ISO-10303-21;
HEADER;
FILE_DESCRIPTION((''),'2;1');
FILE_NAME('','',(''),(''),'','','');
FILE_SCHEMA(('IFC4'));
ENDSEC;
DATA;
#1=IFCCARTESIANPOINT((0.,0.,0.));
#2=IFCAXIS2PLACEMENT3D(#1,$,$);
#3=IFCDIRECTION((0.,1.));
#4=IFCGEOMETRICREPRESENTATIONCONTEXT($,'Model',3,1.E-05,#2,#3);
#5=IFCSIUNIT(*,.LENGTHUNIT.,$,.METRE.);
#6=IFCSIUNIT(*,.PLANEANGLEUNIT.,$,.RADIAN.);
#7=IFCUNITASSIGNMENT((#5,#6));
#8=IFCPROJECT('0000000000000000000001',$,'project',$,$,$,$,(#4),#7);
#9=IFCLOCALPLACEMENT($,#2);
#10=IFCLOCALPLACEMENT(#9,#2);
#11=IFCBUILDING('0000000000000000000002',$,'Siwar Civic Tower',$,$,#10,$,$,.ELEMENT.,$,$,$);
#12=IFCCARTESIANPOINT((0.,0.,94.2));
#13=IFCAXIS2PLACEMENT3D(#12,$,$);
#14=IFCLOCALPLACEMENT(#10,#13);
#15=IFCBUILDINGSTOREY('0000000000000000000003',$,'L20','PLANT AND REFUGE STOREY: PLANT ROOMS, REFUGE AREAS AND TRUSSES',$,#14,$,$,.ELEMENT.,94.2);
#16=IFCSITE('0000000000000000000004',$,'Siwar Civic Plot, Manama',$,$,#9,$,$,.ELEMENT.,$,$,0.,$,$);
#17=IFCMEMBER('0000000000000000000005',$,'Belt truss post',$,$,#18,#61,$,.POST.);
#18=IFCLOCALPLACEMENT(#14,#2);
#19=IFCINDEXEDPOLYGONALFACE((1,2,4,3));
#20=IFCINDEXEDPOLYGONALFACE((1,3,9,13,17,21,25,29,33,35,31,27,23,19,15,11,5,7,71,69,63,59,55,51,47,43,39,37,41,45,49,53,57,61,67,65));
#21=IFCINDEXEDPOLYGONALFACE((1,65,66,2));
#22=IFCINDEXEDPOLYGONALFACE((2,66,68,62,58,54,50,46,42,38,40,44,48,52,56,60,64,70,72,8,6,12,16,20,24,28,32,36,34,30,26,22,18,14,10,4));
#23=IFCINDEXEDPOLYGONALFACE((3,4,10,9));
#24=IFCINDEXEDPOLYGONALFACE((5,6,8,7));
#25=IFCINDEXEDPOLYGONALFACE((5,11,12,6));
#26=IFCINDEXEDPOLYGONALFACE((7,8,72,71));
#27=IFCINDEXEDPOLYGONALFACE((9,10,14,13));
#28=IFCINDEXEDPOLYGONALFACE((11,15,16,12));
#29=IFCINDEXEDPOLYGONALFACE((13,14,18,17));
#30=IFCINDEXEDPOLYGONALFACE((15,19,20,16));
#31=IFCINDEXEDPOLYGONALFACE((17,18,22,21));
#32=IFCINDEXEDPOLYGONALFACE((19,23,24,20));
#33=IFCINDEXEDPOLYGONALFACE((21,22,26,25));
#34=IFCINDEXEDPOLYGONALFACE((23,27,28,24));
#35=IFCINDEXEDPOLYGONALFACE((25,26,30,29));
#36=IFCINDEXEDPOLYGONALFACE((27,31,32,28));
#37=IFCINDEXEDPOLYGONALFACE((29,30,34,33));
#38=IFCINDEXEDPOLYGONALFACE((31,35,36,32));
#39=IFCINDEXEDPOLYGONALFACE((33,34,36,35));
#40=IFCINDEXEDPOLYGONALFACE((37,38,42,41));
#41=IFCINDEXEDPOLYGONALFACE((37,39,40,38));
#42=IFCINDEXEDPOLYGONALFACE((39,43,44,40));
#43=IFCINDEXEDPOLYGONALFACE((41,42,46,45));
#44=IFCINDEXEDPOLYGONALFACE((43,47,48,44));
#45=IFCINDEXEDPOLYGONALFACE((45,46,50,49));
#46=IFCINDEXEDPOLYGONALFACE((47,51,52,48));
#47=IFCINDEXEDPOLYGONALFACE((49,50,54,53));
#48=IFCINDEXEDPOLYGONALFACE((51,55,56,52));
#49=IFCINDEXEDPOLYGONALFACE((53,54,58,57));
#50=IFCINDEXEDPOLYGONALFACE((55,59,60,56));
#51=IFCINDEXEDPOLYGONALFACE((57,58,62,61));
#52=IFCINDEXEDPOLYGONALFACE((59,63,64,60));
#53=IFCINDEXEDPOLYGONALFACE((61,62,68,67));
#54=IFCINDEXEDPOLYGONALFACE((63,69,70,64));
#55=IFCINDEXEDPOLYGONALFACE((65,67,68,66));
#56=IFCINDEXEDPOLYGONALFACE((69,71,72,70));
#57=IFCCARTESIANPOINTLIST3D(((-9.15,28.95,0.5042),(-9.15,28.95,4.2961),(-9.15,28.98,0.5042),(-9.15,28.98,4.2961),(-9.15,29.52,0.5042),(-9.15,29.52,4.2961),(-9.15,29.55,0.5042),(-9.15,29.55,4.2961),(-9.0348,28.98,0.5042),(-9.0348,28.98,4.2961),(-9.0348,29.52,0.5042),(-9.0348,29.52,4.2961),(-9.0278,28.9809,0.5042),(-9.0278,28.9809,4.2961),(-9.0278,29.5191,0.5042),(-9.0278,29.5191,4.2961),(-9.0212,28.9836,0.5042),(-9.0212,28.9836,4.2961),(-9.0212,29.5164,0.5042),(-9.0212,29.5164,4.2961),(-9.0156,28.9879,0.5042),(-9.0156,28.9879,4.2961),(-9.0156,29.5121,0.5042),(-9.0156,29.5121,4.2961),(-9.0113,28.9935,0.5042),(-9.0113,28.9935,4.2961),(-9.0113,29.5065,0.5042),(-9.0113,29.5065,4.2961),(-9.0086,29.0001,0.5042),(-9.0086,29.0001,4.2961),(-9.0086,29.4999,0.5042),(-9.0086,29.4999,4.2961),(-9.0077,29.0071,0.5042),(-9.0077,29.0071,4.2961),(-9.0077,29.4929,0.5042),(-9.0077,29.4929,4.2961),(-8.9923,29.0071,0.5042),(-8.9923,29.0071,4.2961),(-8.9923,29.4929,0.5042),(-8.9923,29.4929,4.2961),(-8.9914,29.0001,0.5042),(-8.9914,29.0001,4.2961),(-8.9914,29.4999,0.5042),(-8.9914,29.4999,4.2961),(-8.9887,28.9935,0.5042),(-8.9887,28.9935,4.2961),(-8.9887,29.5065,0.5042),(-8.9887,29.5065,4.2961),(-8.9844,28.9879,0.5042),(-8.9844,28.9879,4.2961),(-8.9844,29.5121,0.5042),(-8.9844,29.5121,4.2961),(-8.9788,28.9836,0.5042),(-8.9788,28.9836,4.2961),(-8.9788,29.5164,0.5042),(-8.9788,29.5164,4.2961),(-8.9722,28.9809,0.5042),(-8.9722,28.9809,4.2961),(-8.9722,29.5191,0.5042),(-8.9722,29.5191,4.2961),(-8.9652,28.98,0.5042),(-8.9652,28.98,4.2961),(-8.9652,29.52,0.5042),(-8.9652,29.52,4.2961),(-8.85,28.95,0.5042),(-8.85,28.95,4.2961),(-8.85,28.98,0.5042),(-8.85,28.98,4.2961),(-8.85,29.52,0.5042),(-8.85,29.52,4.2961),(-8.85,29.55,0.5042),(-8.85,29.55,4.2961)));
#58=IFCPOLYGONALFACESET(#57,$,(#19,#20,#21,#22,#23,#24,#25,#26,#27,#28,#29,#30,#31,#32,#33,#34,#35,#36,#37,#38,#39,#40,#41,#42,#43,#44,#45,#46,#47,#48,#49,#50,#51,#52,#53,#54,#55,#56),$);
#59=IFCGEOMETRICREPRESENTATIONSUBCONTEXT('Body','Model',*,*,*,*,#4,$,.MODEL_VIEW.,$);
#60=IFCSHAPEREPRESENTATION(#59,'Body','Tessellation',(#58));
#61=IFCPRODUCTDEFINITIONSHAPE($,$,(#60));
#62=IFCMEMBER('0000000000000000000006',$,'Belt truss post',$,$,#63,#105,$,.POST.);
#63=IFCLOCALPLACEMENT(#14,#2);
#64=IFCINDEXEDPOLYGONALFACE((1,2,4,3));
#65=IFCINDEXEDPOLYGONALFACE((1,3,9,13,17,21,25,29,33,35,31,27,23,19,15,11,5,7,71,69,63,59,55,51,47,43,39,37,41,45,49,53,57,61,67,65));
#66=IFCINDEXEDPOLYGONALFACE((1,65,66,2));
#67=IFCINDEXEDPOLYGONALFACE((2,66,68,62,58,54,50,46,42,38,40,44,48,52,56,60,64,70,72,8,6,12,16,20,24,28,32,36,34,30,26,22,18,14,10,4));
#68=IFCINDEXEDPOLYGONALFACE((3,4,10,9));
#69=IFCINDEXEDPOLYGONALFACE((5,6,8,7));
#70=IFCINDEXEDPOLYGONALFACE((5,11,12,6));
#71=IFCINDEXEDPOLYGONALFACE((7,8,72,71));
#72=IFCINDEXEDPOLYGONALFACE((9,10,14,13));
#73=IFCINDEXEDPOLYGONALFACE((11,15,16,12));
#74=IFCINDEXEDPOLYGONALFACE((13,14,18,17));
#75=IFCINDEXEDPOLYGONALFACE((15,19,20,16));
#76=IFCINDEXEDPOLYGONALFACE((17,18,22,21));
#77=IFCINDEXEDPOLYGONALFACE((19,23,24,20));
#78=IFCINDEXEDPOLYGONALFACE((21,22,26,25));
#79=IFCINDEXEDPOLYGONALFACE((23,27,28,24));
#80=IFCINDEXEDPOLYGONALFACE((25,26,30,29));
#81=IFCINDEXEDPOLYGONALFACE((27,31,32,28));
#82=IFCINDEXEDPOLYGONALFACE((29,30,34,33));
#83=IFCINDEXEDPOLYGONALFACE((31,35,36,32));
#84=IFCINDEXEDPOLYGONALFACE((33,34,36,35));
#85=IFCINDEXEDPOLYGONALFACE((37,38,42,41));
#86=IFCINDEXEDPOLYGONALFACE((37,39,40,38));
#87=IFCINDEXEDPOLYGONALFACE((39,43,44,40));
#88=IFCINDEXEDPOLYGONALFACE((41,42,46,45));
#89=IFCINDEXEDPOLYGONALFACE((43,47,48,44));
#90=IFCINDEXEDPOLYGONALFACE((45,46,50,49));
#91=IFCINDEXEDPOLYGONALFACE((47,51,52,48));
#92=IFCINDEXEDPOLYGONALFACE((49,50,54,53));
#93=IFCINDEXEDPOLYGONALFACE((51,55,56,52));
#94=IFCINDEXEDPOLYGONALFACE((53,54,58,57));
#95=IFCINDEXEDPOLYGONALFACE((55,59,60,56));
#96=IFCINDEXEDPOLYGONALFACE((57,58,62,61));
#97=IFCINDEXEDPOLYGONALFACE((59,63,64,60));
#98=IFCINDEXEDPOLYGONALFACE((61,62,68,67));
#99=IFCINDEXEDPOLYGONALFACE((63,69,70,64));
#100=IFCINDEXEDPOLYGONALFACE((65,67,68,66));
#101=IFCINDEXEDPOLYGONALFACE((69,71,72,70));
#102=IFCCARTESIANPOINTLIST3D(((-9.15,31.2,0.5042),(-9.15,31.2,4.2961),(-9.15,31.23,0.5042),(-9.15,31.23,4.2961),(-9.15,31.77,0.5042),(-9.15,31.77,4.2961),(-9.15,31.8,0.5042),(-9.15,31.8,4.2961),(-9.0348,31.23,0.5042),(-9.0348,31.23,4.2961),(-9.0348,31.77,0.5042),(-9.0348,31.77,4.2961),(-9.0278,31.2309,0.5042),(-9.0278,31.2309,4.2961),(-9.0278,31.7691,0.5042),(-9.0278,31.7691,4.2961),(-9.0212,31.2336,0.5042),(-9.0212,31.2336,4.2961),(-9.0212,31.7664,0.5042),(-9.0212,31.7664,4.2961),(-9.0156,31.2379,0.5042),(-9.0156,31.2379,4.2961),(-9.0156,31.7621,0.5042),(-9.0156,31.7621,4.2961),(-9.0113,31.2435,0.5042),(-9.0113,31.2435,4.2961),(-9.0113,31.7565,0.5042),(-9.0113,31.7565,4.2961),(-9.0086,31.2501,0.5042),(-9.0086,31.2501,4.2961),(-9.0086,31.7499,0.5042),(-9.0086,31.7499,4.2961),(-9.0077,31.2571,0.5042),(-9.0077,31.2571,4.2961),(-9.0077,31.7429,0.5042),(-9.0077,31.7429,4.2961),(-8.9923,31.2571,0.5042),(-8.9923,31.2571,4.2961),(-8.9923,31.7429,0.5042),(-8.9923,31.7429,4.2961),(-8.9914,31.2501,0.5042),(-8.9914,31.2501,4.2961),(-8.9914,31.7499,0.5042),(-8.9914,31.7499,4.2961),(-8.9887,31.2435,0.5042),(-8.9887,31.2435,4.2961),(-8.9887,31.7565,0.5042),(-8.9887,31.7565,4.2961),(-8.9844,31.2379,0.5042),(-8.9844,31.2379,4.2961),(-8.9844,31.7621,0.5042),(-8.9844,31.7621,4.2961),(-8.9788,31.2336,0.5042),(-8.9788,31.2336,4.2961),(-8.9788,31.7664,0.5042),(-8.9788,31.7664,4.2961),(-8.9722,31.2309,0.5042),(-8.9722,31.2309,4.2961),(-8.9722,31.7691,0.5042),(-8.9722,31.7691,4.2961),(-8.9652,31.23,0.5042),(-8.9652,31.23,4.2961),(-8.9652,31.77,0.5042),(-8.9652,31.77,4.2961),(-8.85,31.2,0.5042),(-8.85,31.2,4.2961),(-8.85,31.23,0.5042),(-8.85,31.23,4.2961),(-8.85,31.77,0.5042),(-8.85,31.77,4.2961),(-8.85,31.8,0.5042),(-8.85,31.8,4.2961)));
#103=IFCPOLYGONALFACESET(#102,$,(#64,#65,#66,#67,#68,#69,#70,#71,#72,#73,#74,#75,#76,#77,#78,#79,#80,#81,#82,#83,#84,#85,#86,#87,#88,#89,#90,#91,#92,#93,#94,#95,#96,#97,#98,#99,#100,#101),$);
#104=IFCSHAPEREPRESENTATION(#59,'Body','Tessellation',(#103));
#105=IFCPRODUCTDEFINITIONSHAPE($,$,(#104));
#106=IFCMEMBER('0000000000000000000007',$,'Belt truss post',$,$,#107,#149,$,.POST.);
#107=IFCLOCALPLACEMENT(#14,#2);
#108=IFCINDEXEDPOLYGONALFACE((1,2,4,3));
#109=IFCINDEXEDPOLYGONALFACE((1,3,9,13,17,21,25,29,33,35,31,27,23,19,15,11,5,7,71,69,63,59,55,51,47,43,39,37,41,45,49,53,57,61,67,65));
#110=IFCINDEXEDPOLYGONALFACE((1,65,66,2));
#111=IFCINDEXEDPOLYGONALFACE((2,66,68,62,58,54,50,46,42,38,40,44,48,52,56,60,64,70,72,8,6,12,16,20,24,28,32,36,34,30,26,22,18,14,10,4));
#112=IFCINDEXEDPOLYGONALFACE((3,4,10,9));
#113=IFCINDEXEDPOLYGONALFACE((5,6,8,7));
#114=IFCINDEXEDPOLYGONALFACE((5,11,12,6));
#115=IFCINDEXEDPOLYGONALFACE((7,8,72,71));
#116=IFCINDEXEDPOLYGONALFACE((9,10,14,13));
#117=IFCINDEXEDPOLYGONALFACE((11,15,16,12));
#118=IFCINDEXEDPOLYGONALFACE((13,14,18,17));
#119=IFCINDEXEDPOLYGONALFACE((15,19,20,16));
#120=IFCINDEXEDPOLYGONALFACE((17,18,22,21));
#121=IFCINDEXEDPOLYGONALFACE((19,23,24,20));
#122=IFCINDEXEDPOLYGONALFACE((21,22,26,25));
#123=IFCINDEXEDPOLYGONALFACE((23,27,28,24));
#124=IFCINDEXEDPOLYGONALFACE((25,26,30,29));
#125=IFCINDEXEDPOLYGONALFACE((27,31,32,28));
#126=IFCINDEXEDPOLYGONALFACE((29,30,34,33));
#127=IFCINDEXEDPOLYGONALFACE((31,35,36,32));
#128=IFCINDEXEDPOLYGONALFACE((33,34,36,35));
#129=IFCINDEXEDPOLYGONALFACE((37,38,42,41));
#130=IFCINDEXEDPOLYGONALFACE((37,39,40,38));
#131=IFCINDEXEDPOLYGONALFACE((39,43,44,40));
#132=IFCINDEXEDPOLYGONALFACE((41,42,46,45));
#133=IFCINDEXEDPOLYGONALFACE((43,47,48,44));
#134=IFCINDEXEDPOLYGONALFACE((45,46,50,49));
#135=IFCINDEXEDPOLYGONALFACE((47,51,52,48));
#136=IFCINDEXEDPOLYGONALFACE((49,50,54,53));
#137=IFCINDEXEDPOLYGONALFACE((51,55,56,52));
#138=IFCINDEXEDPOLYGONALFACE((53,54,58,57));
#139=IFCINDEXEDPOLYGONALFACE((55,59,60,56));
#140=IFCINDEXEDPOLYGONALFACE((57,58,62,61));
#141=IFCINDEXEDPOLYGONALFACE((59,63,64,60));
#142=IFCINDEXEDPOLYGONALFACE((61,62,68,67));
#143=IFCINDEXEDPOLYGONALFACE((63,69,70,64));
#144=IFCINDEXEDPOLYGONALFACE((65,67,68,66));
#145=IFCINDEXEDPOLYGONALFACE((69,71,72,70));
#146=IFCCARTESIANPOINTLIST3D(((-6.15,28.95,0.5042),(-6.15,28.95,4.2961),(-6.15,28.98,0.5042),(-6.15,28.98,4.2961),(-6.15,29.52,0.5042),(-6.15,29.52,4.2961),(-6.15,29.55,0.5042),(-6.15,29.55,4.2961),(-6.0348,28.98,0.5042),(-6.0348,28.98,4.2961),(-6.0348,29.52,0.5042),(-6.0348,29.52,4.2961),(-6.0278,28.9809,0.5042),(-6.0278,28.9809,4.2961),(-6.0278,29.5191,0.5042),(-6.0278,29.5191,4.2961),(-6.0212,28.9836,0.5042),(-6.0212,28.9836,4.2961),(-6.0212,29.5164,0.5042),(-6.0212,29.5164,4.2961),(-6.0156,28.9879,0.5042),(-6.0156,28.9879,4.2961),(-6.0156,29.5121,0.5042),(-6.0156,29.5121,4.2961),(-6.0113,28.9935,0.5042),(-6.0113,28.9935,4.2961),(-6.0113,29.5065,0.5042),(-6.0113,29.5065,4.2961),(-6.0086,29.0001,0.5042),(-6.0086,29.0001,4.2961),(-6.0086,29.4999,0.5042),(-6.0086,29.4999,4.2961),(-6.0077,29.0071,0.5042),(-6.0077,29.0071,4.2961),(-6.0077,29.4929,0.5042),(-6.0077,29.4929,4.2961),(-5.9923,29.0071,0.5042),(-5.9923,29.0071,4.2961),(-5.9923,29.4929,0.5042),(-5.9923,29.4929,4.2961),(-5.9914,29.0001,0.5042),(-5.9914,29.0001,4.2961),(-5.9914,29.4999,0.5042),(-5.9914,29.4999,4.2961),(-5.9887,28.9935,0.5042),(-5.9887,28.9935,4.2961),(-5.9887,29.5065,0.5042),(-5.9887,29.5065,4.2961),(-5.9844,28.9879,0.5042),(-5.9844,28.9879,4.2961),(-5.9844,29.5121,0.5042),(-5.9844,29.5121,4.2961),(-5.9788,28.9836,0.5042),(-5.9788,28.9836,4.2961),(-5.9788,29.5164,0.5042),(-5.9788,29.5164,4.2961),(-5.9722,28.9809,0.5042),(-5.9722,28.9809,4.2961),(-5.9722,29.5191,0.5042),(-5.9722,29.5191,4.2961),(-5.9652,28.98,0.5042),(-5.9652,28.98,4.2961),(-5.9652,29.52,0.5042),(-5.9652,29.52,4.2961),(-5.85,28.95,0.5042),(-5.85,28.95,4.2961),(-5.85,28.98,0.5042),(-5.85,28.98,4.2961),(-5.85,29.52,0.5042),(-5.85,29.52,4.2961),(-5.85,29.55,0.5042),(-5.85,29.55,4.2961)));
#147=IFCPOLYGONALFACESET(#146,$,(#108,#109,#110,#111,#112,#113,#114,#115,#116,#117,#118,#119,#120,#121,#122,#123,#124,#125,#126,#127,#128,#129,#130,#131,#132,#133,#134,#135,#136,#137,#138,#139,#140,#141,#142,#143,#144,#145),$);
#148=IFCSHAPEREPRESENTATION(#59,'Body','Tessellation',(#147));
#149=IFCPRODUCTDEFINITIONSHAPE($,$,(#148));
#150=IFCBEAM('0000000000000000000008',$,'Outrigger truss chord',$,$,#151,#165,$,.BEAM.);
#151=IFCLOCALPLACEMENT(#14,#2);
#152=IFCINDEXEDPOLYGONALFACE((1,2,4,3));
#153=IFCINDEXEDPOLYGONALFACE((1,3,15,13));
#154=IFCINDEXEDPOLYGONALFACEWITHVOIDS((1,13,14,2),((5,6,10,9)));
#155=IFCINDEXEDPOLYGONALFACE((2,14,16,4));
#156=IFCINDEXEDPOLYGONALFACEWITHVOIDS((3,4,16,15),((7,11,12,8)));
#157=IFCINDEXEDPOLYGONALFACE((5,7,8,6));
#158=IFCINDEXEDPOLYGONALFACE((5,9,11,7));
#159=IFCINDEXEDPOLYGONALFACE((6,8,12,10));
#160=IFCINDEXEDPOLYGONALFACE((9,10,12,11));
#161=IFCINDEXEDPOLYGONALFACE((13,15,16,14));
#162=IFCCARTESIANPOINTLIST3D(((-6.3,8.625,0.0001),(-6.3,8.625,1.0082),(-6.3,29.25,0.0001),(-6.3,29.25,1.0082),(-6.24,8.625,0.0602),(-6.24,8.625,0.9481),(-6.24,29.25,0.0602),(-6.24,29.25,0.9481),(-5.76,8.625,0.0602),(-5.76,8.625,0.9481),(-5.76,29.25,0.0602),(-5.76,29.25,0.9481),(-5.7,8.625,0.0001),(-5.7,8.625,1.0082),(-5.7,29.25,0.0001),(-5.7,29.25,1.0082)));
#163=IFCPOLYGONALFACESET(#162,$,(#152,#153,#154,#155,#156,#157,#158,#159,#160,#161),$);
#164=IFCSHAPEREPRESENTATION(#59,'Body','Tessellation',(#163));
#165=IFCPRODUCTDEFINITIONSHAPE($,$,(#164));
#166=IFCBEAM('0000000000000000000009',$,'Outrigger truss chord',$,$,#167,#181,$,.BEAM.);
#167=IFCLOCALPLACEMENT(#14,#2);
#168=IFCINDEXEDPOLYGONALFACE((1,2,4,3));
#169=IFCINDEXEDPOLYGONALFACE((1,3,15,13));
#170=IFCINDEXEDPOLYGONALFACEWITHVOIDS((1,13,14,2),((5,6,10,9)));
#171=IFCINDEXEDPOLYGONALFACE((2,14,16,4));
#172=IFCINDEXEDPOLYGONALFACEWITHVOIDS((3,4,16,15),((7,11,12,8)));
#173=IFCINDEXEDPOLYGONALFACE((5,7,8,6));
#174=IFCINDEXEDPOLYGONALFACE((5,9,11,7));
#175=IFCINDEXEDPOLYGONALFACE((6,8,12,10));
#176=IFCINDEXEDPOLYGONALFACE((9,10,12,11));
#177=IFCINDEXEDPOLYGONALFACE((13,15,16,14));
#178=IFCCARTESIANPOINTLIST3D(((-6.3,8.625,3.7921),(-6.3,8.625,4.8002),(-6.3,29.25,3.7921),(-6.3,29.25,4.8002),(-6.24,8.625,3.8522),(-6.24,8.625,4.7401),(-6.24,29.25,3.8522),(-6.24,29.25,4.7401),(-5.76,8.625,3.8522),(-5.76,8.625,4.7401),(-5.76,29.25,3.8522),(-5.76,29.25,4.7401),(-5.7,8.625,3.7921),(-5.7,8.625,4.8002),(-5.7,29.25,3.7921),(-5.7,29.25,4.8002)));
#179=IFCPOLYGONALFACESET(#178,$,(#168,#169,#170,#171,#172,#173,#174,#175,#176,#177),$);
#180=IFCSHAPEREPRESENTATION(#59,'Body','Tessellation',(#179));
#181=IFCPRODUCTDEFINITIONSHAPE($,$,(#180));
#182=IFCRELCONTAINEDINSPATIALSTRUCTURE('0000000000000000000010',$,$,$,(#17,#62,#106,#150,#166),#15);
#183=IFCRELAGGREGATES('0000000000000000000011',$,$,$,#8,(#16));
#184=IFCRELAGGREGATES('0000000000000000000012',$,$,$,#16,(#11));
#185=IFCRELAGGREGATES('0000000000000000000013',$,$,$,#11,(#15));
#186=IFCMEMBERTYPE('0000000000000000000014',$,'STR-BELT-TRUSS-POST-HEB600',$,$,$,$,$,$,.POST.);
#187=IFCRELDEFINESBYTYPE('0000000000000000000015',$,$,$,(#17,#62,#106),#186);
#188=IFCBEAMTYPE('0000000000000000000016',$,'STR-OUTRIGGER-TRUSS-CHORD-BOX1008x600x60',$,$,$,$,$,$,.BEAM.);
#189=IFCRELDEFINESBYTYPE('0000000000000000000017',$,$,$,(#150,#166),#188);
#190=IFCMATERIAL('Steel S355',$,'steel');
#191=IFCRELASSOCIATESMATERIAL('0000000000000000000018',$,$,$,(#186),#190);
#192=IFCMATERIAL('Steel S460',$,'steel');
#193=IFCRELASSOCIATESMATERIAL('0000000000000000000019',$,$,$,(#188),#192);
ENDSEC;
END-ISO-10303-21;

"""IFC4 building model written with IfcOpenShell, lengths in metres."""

from ifc_helpers import new_model, si_unit, direction, frame, origin, origin_2d, place, context, subcontext, project, spatial, hollow_rectangle, i_section, extrude, material, material_profile, profile_set, type_object, element, save


model = new_model("IFC4")

# Units and contexts
model_context = context("Model", 3, precision=1e-05, world=origin(), true_north=direction((0.0, 1.0)))
body_context = subcontext(model_context, "Body", "Model", "MODEL_VIEW")
ifc_project = project(units=[si_unit("LENGTHUNIT", "METRE"), si_unit("PLANEANGLEUNIT", "RADIAN")], contexts=[model_context])

# Site, building, storey
site_placement = place(None, origin())
site = spatial("IfcSite", under=ifc_project, at=site_placement, Name="Siwar Civic Plot, Manama", CompositionType="ELEMENT", RefElevation=0.0)
building_placement = place(site_placement, origin())
building = spatial("IfcBuilding", under=site, at=building_placement, Name="Siwar Civic Tower", CompositionType="ELEMENT")
storey_placement = place(building_placement, frame((0.0, 0.0, 94.2)))
storey = spatial("IfcBuildingStorey", under=building, at=storey_placement, Name="L20", Description="PLANT AND REFUGE STOREY: PLANT ROOMS, REFUGE AREAS AND TRUSSES", CompositionType="ELEMENT", Elevation=94.2)

# Members
ifc_material_1 = material(Name="Steel S355", Category="steel")
ifc_material_profile_1 = material_profile(ifc_material_1, i_section(OverallWidth=0.3, OverallDepth=0.6001, WebThickness=0.0154, FlangeThickness=0.03, FilletRadius=0.0271, at=origin_2d()), Name="HEB600")
ifc_profile_set_1 = profile_set([ifc_material_profile_1], Name="Steel S355")
member_type_1 = type_object("IfcMemberType", Name="STR-BELT-TRUSS-POST-HEB600", PredefinedType="POST", material=ifc_profile_set_1)
for number, where, z_axis, x_axis, name in (
    (1, (-9.0, 29.25, 0.5042), (0.0, 0.0, 1.0), (1.0, 0.0, 0.0), "Belt truss post"),
    (2, (-9.0, 31.5, 0.5042), (0.0, 0.0, 1.0), (1.0, 0.0, 0.0), "Belt truss post"),
    (3, (-6.0, 29.25, 0.5042), (0.0, 0.0, 1.0), (1.0, 0.0, 0.0), "Belt truss post"),
):
    element("IfcMember", number, at=place(storey_placement, frame(where, z_axis=z_axis, x_axis=x_axis)), inside=storey, type_object=member_type_1, Name=name, PredefinedType="POST", context=body_context, shape_type="SweptSolid", body=[
        extrude(i_section(OverallWidth=0.3, OverallDepth=0.6001, WebThickness=0.0154, FlangeThickness=0.03, FilletRadius=0.0271, at=origin_2d()), origin(), (0.0, 0.0, 1.0), 3.792),
    ])

# Beams
ifc_material_2 = material(Name="Steel S460", Category="steel")
ifc_material_profile_2 = material_profile(ifc_material_2, hollow_rectangle(XDim=0.6001, YDim=1.0081, WallThickness=0.0601, at=origin_2d()), Name="BOX1008x600x60")
ifc_profile_set_2 = profile_set([ifc_material_profile_2], Name="Steel S460")
beam_type_1 = type_object("IfcBeamType", Name="STR-OUTRIGGER-TRUSS-CHORD-BOX1008x600x60", PredefinedType="BEAM", material=ifc_profile_set_2)
for number, where, z_axis, x_axis, name in (
    (4, (-6.0, 29.25, 0.5042), (0.0, -1.0, 0.0), (1.0, 0.0, 0.0), "Outrigger truss chord"),
    (5, (-6.0, 29.25, 4.2961), (0.0, -1.0, 0.0), (1.0, 0.0, 0.0), "Outrigger truss chord"),
):
    element("IfcBeam", number, at=place(storey_placement, frame(where, z_axis=z_axis, x_axis=x_axis)), inside=storey, type_object=beam_type_1, Name=name, PredefinedType="BEAM", context=body_context, shape_type="SweptSolid", body=[
        extrude(hollow_rectangle(XDim=0.6001, YDim=1.0081, WallThickness=0.0601, at=origin_2d()), origin(), (0.0, 0.0, 1.0), 20.625),
    ])

save(model, "model.ifc")
